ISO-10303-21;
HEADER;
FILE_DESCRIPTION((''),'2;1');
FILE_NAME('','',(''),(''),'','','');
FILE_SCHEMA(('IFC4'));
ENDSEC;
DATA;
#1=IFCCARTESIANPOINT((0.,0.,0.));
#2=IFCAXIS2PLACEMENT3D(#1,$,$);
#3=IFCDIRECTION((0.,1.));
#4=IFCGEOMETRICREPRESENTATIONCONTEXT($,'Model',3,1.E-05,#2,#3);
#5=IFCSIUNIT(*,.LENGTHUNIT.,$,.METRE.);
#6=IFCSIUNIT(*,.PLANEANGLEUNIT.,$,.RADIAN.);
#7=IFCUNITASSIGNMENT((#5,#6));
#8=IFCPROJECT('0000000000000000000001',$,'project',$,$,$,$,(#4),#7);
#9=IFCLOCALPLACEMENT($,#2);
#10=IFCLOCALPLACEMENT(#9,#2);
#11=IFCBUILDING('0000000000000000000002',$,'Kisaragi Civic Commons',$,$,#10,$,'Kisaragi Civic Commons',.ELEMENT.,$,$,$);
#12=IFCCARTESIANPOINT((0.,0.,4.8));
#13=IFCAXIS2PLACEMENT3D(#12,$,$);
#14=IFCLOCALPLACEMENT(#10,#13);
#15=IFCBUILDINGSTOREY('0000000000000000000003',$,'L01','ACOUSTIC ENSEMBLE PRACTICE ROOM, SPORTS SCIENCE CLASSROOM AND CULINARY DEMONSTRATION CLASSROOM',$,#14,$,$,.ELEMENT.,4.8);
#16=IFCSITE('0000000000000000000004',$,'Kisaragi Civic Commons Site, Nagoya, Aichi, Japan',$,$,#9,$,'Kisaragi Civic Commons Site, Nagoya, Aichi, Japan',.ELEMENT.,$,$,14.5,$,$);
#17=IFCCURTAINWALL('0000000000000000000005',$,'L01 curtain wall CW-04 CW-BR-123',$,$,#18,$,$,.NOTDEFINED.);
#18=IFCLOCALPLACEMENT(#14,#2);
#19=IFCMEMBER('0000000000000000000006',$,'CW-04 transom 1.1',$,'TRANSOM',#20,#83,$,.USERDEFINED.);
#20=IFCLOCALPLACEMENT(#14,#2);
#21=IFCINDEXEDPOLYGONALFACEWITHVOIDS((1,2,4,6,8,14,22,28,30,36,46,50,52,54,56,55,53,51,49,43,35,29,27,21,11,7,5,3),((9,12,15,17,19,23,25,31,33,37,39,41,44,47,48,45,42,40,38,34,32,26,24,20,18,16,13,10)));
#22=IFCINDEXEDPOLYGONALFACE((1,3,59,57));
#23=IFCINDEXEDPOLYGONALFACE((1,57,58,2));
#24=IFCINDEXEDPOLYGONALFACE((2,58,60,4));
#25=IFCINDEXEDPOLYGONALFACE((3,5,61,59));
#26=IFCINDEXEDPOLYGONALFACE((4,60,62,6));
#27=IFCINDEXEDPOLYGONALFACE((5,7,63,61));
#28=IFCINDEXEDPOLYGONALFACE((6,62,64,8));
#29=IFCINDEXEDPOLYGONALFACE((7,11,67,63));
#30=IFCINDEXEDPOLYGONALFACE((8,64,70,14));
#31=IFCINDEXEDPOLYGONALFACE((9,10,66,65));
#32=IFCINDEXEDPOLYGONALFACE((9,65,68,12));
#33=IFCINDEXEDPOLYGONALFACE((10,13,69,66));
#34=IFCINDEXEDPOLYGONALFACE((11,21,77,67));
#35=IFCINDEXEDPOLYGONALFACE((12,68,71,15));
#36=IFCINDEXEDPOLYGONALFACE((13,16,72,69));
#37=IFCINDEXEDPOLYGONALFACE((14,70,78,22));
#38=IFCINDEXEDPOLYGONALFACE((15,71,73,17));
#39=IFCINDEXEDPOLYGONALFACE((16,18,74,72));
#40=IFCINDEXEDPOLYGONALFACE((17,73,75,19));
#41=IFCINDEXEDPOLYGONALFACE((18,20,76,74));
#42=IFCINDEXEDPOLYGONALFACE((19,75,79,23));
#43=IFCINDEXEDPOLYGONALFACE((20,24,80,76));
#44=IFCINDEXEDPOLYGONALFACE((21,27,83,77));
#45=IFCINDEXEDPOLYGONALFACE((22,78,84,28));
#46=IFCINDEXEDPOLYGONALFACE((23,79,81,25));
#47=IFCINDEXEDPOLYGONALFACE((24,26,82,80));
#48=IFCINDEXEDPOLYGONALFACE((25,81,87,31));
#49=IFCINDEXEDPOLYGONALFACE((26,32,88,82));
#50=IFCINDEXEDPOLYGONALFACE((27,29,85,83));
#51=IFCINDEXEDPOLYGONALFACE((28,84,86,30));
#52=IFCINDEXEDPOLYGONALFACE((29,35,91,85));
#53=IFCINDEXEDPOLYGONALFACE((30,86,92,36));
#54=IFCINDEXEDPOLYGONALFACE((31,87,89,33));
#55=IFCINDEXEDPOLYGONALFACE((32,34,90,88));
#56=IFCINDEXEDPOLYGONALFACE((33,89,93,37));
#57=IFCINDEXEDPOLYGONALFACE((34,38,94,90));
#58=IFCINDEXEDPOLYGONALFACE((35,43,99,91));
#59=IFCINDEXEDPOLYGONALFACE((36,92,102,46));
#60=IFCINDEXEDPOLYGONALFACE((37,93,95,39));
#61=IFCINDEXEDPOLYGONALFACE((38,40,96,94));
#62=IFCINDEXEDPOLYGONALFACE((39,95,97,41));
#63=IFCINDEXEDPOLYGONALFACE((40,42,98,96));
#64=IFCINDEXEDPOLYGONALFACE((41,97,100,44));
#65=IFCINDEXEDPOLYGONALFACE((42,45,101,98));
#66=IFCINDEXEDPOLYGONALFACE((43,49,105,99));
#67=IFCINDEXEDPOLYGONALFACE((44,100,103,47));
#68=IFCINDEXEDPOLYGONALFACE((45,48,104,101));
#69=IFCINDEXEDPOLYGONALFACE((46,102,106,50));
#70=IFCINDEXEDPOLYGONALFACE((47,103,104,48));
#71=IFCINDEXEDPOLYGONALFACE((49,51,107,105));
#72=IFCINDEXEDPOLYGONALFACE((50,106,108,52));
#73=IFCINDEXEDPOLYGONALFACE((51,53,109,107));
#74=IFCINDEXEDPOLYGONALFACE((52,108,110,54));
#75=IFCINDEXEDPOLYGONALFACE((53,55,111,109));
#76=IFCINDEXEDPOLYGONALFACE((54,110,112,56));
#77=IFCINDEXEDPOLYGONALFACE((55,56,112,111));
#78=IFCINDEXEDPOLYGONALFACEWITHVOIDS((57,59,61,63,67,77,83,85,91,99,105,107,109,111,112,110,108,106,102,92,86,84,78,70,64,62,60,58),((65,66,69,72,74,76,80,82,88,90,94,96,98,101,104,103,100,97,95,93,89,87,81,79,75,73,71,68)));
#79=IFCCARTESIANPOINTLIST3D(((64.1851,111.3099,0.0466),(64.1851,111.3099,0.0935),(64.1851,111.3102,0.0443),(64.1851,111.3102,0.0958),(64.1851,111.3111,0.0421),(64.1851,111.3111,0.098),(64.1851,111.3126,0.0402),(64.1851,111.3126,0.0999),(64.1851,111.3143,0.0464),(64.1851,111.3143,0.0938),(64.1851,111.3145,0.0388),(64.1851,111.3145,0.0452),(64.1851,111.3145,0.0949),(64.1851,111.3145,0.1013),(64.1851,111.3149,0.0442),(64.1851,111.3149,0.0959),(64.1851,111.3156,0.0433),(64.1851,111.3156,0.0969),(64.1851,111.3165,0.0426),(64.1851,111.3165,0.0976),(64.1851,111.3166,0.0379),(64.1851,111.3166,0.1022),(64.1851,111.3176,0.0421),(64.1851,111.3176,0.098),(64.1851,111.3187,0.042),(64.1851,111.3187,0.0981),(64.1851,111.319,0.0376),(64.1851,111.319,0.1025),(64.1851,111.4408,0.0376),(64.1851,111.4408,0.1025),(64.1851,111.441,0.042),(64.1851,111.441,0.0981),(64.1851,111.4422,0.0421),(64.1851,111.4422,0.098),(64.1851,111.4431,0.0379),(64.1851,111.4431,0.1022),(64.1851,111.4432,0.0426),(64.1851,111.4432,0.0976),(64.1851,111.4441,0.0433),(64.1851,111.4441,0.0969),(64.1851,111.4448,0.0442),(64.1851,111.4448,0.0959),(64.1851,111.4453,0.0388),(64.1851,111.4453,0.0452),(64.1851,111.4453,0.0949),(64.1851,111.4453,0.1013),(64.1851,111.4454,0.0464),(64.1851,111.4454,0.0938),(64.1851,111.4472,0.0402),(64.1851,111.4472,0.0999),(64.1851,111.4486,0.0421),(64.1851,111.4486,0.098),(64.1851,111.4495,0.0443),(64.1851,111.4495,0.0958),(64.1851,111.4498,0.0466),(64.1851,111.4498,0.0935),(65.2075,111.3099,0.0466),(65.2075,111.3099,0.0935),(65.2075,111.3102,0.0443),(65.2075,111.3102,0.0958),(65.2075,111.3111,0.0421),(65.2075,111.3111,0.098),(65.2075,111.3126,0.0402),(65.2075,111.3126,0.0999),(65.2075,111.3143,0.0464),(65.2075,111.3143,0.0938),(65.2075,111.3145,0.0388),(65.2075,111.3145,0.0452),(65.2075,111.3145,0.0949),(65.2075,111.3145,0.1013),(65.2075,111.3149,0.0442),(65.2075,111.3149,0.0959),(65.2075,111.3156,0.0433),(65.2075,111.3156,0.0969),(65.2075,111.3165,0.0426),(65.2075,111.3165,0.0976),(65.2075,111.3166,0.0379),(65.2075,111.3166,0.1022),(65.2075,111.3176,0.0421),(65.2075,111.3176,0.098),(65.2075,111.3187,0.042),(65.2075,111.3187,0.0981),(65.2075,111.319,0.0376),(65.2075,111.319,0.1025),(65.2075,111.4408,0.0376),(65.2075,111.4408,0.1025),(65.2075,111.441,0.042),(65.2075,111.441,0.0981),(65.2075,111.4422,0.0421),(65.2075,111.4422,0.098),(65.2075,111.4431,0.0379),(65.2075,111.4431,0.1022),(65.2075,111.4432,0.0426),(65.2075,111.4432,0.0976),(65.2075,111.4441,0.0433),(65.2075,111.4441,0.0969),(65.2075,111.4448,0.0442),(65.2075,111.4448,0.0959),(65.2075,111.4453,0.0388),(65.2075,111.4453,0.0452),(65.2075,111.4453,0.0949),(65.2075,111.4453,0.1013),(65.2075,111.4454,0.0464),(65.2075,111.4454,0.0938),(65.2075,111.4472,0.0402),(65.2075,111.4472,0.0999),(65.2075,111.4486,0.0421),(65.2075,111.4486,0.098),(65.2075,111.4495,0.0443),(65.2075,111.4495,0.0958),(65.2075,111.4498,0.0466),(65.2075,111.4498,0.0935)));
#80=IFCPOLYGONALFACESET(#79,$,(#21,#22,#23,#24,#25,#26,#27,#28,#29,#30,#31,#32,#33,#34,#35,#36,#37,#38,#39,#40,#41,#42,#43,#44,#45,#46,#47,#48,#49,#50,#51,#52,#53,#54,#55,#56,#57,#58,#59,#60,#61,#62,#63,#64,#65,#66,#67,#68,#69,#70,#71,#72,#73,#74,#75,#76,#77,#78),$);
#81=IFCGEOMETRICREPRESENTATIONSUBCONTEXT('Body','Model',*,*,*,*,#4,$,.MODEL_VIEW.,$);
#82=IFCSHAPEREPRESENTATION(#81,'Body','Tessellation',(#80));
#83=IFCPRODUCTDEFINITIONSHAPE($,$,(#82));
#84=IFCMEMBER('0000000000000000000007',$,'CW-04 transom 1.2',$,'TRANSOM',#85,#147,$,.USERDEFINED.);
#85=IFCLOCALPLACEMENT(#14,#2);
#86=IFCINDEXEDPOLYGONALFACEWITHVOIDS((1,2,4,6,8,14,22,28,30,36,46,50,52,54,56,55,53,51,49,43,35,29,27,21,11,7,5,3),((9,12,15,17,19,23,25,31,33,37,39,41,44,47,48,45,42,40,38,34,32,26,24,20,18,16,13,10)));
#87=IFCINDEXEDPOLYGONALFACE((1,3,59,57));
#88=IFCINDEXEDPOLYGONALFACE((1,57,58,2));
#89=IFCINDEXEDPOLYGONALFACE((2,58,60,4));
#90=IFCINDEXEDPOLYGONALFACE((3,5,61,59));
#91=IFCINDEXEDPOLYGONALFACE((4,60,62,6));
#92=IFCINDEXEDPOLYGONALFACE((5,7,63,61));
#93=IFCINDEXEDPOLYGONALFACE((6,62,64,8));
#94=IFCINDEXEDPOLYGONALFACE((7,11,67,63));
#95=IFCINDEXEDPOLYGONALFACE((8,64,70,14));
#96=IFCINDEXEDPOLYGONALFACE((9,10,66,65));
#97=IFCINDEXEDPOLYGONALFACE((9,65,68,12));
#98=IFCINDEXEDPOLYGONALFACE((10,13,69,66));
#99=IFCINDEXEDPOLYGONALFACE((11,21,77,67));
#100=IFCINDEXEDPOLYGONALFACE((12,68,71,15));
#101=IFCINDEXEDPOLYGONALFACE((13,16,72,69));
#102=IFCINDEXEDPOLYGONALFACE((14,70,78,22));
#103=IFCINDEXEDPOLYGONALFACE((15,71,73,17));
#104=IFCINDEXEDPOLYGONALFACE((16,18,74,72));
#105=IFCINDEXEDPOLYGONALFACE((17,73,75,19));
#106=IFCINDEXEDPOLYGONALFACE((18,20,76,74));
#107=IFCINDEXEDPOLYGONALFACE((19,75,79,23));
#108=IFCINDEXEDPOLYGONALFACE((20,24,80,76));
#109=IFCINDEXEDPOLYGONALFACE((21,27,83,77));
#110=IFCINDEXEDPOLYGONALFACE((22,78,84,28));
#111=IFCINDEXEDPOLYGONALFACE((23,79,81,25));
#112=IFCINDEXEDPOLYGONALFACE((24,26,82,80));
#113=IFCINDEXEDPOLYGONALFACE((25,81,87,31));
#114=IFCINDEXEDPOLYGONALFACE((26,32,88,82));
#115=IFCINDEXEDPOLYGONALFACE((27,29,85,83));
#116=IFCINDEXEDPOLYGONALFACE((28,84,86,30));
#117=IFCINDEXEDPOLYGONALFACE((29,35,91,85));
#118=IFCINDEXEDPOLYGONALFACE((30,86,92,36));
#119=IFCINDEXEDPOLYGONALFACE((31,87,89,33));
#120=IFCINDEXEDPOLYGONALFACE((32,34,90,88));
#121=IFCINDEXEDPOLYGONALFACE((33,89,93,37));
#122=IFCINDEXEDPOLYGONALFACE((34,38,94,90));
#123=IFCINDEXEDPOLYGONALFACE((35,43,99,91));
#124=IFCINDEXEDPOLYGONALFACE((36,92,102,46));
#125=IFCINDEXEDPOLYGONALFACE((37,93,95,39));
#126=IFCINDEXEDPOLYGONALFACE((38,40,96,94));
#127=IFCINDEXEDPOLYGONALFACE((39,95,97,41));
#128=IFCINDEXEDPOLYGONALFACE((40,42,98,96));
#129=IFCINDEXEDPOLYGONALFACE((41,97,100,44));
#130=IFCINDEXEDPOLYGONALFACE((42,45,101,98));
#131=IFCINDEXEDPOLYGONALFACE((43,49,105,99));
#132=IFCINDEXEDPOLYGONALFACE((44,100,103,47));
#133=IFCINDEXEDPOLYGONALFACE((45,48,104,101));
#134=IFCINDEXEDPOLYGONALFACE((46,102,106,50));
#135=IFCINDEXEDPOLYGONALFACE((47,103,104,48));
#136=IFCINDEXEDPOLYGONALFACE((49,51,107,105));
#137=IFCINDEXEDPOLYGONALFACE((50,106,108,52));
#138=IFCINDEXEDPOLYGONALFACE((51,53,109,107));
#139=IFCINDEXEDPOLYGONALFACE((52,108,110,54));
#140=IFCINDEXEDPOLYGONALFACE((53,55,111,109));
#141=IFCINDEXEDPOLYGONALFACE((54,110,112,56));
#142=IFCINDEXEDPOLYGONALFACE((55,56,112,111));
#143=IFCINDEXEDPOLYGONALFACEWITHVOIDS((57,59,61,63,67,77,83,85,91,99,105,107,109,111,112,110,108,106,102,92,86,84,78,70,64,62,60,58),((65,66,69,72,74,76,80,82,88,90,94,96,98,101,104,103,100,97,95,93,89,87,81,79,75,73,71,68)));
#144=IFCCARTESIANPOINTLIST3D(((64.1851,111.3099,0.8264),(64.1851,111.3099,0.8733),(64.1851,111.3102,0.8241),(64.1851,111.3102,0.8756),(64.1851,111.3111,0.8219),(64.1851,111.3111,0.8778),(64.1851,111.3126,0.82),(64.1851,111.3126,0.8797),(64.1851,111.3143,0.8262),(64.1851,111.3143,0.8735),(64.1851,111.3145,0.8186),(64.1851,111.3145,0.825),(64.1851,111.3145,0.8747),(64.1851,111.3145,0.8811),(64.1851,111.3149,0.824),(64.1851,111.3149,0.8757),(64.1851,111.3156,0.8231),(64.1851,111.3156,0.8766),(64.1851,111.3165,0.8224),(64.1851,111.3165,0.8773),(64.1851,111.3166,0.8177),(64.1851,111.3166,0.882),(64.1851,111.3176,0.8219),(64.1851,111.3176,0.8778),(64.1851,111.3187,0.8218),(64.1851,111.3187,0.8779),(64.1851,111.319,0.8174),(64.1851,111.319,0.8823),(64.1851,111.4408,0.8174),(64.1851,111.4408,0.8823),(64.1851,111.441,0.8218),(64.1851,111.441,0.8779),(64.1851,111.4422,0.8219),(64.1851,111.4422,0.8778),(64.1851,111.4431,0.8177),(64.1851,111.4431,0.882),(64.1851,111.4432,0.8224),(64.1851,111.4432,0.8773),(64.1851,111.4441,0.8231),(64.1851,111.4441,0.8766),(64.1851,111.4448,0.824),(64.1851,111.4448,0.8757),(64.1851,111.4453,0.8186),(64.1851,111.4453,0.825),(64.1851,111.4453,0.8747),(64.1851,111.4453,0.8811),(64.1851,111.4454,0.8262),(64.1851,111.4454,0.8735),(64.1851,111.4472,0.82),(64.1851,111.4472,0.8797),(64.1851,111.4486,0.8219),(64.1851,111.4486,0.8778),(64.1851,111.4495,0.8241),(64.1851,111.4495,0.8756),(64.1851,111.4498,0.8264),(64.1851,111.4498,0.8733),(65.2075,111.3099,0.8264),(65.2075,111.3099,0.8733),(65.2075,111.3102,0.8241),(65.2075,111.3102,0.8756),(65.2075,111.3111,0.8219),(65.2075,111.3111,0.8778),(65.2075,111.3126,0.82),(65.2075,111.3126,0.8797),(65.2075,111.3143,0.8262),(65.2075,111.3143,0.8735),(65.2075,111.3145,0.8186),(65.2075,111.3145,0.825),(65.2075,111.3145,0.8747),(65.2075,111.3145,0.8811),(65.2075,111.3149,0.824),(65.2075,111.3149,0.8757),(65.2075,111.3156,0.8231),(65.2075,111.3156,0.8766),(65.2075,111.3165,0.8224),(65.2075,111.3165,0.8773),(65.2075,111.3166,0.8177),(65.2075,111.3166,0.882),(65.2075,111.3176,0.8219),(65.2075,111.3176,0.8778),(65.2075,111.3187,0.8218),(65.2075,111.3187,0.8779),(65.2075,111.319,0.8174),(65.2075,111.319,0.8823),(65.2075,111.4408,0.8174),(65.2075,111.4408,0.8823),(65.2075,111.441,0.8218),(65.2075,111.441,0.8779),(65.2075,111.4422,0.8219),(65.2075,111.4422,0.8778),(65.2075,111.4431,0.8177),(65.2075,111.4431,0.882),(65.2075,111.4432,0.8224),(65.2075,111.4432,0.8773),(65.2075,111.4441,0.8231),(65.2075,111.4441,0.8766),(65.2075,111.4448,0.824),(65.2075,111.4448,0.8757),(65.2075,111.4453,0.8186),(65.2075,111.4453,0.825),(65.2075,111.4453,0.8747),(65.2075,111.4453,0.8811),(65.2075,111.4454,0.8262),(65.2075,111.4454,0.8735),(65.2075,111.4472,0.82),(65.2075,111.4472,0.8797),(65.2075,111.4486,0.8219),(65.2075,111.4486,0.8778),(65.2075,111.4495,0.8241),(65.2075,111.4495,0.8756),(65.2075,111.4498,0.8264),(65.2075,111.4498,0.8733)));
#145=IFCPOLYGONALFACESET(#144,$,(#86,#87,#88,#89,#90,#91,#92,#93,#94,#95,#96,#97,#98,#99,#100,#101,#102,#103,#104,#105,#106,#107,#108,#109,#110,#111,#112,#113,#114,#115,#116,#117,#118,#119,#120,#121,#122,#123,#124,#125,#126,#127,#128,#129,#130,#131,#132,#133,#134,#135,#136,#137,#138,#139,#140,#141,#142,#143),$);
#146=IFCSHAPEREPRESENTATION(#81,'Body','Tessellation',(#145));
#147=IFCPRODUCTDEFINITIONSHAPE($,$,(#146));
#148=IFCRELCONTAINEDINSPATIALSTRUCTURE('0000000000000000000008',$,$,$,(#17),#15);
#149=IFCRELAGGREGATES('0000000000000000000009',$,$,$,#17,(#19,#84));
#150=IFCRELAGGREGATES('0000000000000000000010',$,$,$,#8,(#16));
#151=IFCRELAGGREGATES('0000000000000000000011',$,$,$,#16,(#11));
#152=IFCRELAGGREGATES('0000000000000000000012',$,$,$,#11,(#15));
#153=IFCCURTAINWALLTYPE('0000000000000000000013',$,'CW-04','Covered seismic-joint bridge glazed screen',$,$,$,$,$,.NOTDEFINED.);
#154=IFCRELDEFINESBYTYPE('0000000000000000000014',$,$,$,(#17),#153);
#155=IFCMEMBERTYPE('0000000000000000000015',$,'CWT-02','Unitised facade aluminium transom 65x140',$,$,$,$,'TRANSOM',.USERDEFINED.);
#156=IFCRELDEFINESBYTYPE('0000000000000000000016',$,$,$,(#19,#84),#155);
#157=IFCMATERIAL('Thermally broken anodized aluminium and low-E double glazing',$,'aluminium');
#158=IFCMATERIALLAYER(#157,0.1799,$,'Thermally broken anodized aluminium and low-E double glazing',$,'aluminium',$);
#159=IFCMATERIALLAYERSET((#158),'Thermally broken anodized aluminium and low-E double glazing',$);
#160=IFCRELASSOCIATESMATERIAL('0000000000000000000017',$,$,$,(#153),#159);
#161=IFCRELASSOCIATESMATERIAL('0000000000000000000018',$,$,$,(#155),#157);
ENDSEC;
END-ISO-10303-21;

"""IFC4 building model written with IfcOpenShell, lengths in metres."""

from ifc_helpers import new_model, si_unit, direction, frame, origin, origin_2d, place, context, subcontext, project, spatial, hollow_rectangle, extrude, material, layer, layer_set, material_profile, profile_set, type_object, element, aggregate, save


model = new_model("IFC4")

# Units and contexts
model_context = context("Model", 3, precision=1e-05, world=origin(), true_north=direction((0.0, 1.0)))
body_context = subcontext(model_context, "Body", "Model", "MODEL_VIEW")
ifc_project = project(units=[si_unit("LENGTHUNIT", "METRE"), si_unit("PLANEANGLEUNIT", "RADIAN")], contexts=[model_context])

# Site, building, storey
site_placement = place(None, origin())
site = spatial("IfcSite", under=ifc_project, at=site_placement, Name="Kisaragi Civic Commons Site, Nagoya, Aichi, Japan", LongName="Kisaragi Civic Commons Site, Nagoya, Aichi, Japan", CompositionType="ELEMENT", RefElevation=14.5)
building_placement = place(site_placement, origin())
building = spatial("IfcBuilding", under=site, at=building_placement, Name="Kisaragi Civic Commons", LongName="Kisaragi Civic Commons", CompositionType="ELEMENT")
storey_placement = place(building_placement, frame((0.0, 0.0, 4.8)))
storey = spatial("IfcBuildingStorey", under=building, at=storey_placement, Name="L01", Description="ACOUSTIC ENSEMBLE PRACTICE ROOM, SPORTS SCIENCE CLASSROOM AND CULINARY DEMONSTRATION CLASSROOM", CompositionType="ELEMENT", Elevation=4.8)

# Shared definitions
ifc_material_1 = material(Name="Thermally broken anodized aluminium and low-E double glazing", Category="aluminium")
ifc_layer_1 = layer(ifc_material_1, 0.1799, Name="Thermally broken anodized aluminium and low-E double glazing", Category="aluminium")
ifc_layer_set_1 = layer_set([ifc_layer_1], Name="Thermally broken anodized aluminium and low-E double glazing")
curtain_wall_type = type_object("IfcCurtainWallType", Name="CW-04", Description="Covered seismic-joint bridge glazed screen", PredefinedType="NOTDEFINED", material=ifc_layer_set_1)

# Curtain wall
curtain_wall_1_placement = place(storey_placement, origin())
curtain_wall_1 = element("IfcCurtainWall", 1, at=curtain_wall_1_placement, inside=storey, type_object=curtain_wall_type, Name="L01 curtain wall CW-04 CW-BR-123", PredefinedType="NOTDEFINED")

# Members
ifc_material_profile_1 = material_profile(ifc_material_1, hollow_rectangle(XDim=0.1399, YDim=0.0649, WallThickness=0.0044, InnerFilletRadius=0.0044, OuterFilletRadius=0.009, at=origin_2d()), Name="CWT-65x140x4.5", Category="aluminium")
ifc_profile_set_1 = profile_set([ifc_material_profile_1], Name="Thermally broken anodized aluminium and low-E double glazing")
member_type_1 = type_object("IfcMemberType", Name="CWT-02", Description="Unitised facade aluminium transom 65x140", ElementType="TRANSOM", PredefinedType="USERDEFINED", material=ifc_profile_set_1)
member_1_placement = place(storey_placement, frame((64.1851, 111.3799, 0.0701), z_axis=(1.0, 0.0, 0.0), x_axis=(0.0, 1.0, 0.0)))
member_1 = element("IfcMember", 2, at=member_1_placement, type_object=member_type_1, Name="CW-04 transom 1.1", ObjectType="TRANSOM", PredefinedType="USERDEFINED", context=body_context, shape_type="SweptSolid", body=[
    extrude(hollow_rectangle(XDim=0.1399, YDim=0.0649, WallThickness=0.0044, InnerFilletRadius=0.0044, OuterFilletRadius=0.009, at=origin_2d()), origin(), (0.0, 0.0, 1.0), 1.0225),
])
member_2_placement = place(storey_placement, frame((64.1851, 111.3799, 0.8499), z_axis=(1.0, 0.0, 0.0), x_axis=(0.0, 1.0, 0.0)))
member_2 = element("IfcMember", 3, at=member_2_placement, type_object=member_type_1, Name="CW-04 transom 1.2", ObjectType="TRANSOM", PredefinedType="USERDEFINED", context=body_context, shape_type="SweptSolid", body=[
    extrude(hollow_rectangle(XDim=0.1399, YDim=0.0649, WallThickness=0.0044, InnerFilletRadius=0.0044, OuterFilletRadius=0.009, at=origin_2d()), origin(), (0.0, 0.0, 1.0), 1.0225),
])

aggregate(curtain_wall_1, [member_1, member_2])

save(model, "model.ifc")
